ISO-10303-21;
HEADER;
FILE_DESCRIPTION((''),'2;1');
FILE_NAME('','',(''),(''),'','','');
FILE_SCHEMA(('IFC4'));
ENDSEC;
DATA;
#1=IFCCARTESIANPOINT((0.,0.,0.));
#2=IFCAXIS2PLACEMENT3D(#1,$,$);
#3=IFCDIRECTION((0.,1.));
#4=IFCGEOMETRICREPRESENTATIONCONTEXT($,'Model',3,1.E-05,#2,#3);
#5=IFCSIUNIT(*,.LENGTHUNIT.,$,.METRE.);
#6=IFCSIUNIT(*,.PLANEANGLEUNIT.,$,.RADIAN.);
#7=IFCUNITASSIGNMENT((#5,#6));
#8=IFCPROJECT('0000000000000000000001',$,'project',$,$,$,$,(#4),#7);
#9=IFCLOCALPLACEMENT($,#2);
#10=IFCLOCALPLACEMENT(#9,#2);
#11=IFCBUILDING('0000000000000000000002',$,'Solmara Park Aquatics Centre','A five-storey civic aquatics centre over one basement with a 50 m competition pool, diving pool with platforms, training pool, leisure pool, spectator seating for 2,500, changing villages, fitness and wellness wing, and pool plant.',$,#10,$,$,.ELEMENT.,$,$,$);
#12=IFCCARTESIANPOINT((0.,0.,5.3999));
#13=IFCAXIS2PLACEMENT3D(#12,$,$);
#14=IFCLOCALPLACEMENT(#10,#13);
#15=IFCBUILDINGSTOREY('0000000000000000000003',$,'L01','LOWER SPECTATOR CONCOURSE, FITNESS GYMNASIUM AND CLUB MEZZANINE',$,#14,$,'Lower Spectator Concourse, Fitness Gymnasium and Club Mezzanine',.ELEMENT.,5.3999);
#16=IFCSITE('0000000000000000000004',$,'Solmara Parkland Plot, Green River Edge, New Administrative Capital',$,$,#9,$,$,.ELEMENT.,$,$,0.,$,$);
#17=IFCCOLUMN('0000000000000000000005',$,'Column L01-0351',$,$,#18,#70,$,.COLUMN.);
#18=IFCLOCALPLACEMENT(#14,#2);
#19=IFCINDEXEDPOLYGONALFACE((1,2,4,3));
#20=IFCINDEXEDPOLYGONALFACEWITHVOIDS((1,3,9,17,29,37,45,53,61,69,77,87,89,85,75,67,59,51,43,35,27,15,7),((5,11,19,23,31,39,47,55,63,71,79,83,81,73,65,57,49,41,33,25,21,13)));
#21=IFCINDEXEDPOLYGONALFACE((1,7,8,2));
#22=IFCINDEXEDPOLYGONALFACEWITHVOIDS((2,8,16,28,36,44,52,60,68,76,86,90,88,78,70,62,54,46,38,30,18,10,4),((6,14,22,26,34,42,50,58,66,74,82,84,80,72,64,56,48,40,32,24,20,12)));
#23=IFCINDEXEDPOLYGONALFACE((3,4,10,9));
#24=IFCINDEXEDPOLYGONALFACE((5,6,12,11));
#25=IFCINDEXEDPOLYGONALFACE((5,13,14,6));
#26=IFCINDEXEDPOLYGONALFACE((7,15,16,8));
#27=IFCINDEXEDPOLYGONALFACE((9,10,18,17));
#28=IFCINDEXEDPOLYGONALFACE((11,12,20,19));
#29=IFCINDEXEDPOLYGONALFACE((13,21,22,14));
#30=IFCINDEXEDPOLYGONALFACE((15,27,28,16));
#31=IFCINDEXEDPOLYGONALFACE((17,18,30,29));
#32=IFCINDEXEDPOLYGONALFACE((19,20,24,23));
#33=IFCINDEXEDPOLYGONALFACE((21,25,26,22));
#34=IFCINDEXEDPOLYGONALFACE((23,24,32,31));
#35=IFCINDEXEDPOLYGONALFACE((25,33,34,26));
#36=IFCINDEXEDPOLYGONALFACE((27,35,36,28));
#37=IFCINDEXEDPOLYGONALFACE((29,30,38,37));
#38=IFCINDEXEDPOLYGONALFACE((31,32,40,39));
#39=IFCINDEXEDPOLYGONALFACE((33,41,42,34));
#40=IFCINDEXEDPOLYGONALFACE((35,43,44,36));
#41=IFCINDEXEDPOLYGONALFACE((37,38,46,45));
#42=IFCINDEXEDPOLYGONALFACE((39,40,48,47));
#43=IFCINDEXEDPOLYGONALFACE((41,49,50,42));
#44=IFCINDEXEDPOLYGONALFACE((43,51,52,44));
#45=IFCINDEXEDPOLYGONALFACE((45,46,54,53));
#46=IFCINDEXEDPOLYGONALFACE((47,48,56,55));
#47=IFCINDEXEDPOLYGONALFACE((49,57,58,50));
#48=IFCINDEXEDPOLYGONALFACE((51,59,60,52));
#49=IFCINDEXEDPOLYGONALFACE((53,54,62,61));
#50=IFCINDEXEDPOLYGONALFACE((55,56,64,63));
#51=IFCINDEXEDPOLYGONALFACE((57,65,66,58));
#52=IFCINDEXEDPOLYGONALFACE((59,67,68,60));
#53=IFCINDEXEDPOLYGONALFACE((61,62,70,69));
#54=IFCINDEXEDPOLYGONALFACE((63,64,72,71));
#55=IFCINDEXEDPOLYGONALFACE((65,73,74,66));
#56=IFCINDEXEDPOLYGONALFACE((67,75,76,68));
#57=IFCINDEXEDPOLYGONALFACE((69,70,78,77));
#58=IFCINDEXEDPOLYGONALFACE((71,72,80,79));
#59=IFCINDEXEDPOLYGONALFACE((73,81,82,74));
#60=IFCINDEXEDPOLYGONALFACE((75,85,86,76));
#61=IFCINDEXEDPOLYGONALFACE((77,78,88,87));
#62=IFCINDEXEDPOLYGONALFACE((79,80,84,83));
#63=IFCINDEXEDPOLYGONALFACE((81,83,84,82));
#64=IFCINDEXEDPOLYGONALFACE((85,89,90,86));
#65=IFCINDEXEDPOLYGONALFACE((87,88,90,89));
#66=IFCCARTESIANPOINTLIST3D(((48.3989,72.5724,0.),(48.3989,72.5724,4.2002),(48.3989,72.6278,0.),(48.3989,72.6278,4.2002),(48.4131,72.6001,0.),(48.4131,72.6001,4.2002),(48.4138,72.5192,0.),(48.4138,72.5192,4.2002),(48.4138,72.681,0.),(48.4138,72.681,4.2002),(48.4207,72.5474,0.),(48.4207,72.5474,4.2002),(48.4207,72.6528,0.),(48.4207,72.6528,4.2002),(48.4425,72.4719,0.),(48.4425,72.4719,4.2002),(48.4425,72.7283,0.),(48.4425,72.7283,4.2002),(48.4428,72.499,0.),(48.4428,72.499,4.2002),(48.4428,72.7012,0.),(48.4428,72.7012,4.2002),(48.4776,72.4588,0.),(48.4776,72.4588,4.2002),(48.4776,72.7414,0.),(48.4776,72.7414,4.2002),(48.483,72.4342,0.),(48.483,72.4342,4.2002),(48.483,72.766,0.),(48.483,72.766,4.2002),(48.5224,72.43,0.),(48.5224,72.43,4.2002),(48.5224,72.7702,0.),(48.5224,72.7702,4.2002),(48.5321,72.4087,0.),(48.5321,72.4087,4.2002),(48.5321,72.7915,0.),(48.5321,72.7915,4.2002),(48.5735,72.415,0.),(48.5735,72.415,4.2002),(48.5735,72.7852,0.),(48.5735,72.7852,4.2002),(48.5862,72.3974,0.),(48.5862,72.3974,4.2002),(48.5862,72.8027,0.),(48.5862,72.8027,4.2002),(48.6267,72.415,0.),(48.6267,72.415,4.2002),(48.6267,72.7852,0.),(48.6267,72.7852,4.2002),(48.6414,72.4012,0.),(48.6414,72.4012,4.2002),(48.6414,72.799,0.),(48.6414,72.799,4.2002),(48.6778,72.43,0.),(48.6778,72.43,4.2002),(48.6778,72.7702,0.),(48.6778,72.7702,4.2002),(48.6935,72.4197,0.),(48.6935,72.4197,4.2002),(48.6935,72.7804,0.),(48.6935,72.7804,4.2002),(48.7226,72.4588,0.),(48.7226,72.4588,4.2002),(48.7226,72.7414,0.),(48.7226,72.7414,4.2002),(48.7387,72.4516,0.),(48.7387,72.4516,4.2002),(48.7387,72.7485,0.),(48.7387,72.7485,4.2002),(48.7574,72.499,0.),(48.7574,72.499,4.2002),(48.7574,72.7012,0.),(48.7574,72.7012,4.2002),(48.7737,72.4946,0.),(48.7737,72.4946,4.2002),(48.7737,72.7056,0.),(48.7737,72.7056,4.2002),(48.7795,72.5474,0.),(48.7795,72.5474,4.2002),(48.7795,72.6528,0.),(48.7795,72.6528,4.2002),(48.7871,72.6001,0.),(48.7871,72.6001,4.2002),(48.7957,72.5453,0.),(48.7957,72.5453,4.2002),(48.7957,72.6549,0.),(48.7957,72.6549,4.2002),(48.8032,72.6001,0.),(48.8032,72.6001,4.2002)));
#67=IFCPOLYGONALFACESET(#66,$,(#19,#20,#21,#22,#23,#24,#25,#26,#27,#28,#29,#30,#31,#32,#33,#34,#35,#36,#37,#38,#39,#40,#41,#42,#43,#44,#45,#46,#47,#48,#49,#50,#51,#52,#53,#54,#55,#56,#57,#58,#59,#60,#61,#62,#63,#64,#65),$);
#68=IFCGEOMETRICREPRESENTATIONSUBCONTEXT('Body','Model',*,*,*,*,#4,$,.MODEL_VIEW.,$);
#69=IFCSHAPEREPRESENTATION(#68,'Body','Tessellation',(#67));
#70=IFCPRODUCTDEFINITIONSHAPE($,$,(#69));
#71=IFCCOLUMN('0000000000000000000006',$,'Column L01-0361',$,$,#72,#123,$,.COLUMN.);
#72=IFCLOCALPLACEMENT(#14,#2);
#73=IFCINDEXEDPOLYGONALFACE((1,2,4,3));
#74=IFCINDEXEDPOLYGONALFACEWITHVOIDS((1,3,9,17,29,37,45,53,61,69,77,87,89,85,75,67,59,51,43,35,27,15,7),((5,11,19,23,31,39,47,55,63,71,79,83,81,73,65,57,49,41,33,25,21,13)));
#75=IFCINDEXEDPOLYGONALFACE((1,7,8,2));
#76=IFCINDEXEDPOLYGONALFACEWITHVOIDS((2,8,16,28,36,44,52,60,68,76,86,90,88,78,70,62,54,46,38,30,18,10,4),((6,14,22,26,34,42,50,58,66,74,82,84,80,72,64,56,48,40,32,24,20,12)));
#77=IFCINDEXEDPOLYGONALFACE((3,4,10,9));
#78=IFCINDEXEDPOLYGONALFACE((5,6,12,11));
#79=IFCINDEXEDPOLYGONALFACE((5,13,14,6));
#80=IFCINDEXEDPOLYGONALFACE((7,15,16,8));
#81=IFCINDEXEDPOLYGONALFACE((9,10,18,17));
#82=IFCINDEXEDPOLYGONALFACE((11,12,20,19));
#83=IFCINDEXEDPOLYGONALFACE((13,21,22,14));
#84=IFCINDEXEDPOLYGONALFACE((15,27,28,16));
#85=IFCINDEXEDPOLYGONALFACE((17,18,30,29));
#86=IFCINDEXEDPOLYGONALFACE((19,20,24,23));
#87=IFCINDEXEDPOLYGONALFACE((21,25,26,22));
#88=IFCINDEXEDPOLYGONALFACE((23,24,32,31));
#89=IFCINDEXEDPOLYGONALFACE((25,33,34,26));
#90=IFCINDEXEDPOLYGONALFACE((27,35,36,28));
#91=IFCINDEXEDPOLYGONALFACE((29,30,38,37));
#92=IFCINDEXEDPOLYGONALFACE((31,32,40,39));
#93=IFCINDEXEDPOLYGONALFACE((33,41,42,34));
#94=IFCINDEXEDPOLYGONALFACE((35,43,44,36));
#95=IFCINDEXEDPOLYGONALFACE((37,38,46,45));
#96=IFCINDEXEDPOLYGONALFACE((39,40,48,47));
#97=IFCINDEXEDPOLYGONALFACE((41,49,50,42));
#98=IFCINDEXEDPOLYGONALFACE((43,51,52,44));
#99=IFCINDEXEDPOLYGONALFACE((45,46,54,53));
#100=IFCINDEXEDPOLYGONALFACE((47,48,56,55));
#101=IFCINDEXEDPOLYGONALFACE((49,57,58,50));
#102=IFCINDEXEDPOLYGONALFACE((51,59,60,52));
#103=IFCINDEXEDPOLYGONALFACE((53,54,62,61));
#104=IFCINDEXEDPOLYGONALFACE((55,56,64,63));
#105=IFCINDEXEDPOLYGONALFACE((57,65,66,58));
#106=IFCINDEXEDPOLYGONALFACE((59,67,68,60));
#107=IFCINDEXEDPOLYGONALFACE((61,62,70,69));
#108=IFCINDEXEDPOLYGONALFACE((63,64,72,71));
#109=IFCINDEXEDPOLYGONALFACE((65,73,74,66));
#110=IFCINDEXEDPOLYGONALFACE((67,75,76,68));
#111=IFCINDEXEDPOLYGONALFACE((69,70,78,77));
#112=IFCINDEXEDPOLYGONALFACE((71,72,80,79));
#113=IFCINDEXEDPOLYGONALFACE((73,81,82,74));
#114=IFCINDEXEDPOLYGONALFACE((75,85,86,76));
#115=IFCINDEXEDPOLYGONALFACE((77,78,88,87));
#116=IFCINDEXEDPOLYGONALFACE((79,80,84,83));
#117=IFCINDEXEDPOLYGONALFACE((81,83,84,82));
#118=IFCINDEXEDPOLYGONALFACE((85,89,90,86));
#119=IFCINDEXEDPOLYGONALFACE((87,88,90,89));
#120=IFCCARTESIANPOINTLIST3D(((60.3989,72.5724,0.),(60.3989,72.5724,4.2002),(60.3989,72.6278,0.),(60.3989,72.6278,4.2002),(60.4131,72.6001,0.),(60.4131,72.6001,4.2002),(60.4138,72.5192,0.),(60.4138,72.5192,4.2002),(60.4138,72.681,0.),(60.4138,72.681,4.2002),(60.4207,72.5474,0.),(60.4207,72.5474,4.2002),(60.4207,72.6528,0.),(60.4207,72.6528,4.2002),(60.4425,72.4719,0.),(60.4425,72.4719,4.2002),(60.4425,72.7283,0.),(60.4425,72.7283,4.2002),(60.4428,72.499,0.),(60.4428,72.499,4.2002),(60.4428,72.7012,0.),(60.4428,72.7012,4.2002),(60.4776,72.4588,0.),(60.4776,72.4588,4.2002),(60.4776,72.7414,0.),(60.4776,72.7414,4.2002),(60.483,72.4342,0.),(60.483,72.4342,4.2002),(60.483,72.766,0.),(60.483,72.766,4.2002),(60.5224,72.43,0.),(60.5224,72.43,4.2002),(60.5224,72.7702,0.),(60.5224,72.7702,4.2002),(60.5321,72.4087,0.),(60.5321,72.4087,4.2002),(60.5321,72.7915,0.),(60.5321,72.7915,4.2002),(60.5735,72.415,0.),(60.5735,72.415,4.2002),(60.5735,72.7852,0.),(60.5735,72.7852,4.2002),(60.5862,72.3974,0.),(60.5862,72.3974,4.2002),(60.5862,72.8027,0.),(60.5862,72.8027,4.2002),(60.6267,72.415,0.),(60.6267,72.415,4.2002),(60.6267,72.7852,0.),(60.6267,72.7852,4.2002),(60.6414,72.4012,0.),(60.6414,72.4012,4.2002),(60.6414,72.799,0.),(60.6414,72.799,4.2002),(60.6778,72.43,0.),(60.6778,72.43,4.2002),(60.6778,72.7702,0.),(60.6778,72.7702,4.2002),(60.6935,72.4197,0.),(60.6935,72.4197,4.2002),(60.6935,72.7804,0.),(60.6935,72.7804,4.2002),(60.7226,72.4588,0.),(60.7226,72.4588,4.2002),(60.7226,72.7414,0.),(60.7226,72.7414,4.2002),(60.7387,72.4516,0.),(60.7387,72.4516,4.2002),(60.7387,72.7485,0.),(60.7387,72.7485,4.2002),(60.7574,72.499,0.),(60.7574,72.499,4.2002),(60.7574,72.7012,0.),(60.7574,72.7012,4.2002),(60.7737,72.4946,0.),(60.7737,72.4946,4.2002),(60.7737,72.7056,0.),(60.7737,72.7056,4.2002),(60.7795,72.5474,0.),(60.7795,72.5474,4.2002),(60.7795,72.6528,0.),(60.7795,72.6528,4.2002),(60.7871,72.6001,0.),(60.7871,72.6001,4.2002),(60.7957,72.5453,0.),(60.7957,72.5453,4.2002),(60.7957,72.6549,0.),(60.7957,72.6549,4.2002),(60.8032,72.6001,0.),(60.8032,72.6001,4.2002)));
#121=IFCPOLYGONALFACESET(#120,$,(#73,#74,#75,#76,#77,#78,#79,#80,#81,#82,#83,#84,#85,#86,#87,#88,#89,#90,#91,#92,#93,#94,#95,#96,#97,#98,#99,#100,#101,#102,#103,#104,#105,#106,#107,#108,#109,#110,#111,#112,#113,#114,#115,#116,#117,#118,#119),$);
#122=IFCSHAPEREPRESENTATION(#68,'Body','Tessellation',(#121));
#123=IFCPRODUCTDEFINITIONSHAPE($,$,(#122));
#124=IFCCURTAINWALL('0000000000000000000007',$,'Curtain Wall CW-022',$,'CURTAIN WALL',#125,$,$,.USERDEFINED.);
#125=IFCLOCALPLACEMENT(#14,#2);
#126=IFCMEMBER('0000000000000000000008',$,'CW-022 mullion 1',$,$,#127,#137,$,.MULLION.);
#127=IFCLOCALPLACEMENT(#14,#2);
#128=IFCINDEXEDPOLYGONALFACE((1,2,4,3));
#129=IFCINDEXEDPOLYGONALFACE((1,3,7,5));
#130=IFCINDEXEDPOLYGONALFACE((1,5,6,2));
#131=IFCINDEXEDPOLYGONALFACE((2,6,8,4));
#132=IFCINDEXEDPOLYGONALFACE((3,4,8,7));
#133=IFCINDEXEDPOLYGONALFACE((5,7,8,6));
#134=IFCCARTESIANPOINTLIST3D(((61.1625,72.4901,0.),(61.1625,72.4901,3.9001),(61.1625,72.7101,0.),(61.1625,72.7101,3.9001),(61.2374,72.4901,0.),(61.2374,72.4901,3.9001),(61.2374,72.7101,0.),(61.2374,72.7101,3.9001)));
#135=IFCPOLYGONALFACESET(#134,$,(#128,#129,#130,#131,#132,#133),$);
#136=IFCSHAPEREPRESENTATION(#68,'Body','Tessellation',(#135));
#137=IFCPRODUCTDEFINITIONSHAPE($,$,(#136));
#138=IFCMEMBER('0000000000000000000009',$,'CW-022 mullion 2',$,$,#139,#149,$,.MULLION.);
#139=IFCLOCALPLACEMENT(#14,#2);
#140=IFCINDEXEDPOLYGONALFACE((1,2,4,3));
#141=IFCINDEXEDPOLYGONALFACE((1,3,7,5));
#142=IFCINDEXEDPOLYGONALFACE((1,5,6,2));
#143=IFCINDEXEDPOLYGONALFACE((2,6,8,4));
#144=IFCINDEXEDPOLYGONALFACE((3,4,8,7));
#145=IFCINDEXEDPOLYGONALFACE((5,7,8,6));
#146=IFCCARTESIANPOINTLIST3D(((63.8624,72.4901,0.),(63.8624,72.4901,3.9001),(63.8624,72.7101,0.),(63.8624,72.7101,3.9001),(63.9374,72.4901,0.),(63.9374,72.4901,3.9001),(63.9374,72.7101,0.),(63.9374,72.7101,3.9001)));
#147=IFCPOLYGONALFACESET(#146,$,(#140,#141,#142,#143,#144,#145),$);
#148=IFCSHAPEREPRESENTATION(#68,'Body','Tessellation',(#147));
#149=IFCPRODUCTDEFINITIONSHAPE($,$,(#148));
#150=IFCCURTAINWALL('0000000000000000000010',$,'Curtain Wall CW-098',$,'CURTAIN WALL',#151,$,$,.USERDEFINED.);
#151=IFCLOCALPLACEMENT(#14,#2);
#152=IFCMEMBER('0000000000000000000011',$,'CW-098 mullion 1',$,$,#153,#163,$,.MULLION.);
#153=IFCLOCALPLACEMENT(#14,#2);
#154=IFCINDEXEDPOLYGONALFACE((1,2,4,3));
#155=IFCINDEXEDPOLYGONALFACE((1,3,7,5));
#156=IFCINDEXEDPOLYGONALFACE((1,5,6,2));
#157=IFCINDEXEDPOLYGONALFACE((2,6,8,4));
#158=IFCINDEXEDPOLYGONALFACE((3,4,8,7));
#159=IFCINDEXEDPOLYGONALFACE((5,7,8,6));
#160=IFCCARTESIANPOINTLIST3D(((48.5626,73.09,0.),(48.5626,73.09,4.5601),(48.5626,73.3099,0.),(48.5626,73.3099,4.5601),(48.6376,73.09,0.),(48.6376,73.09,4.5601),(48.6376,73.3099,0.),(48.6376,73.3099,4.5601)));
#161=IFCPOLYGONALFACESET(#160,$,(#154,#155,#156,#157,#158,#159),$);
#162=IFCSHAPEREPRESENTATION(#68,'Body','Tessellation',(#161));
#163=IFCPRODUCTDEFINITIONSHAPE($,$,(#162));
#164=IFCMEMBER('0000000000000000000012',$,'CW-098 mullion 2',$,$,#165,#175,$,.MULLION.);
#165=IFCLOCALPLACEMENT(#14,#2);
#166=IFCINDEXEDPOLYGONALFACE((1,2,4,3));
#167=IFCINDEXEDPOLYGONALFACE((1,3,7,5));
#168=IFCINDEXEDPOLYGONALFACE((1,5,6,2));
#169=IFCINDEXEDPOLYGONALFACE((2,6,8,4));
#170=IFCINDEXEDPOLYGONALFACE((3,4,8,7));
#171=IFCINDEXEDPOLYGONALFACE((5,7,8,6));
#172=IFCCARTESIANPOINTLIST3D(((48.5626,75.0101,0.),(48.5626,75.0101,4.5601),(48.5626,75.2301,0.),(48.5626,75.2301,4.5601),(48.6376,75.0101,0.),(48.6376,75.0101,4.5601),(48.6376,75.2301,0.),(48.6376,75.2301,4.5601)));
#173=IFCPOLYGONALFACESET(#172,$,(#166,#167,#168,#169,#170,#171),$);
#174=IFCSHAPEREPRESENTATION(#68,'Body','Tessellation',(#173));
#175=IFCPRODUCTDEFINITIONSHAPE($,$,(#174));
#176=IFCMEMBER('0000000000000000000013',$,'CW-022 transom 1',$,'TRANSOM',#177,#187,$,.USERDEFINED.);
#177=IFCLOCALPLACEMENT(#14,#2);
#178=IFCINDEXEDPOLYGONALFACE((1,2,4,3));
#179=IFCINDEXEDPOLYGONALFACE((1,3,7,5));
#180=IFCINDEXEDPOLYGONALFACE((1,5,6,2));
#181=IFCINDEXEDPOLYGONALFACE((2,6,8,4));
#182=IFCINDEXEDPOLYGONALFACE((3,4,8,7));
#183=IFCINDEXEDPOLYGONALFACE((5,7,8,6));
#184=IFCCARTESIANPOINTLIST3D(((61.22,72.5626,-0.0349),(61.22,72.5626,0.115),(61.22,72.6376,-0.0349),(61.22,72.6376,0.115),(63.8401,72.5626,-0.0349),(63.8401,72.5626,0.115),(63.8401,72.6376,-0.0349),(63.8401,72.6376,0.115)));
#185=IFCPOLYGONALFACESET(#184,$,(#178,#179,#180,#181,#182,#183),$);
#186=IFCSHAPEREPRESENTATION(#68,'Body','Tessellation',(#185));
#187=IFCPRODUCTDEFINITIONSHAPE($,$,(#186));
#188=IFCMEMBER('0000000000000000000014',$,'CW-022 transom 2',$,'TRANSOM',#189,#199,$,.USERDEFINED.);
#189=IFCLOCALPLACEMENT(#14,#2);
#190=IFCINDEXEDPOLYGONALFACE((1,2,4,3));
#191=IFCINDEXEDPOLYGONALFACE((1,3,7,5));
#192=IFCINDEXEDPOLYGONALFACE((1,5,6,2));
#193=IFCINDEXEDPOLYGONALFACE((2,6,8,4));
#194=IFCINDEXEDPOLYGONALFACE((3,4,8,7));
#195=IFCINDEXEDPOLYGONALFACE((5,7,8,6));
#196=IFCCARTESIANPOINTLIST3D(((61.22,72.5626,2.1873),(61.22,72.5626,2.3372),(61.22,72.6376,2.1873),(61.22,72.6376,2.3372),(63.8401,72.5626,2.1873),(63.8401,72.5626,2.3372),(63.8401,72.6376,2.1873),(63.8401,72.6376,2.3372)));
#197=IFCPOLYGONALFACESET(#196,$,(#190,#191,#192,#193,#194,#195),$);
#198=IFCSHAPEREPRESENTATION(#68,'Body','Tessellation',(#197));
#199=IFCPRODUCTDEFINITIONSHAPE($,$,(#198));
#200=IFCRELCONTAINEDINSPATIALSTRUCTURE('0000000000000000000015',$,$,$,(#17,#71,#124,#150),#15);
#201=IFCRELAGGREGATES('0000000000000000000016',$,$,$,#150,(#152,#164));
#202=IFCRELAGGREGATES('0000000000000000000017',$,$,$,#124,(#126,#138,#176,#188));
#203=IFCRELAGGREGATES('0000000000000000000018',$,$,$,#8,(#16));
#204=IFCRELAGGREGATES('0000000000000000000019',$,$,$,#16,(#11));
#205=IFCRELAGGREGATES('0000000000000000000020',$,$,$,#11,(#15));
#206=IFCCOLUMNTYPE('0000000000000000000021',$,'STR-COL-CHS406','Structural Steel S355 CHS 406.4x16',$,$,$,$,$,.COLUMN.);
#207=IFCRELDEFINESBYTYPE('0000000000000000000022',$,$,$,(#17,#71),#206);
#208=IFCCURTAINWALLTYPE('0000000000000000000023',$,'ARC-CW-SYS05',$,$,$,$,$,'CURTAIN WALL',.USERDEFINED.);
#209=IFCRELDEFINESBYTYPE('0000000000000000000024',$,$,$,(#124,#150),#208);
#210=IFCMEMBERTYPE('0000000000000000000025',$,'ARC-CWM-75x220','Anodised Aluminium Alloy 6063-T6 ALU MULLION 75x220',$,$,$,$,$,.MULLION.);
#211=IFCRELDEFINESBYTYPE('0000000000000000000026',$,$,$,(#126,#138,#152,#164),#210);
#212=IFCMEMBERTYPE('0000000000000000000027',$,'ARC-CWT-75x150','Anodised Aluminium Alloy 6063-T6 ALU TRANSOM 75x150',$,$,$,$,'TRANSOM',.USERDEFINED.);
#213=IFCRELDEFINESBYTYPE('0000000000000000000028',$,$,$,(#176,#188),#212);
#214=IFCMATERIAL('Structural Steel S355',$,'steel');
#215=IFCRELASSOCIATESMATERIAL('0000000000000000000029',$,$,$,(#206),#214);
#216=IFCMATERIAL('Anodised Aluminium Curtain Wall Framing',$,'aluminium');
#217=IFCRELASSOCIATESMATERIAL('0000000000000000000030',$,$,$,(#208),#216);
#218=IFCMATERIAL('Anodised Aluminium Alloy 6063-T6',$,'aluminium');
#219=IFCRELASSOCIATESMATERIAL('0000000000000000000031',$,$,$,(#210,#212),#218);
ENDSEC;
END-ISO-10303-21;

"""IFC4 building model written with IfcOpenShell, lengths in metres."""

from ifc_helpers import new_model, si_unit, direction, frame, origin, origin_2d, place, context, subcontext, project, spatial, rectangle, hollow_circle, extrude, material, material_profile, profile_set, type_object, element, aggregate, save


model = new_model("IFC4")

# Units and contexts
model_context = context("Model", 3, precision=1e-05, world=origin(), true_north=direction((0.0, 1.0)))
body_context = subcontext(model_context, "Body", "Model", "MODEL_VIEW")
ifc_project = project(units=[si_unit("LENGTHUNIT", "METRE"), si_unit("PLANEANGLEUNIT", "RADIAN")], contexts=[model_context])

# Site, building, storey
site_placement = place(None, origin())
site = spatial("IfcSite", under=ifc_project, at=site_placement, Name="Solmara Parkland Plot, Green River Edge, New Administrative Capital", CompositionType="ELEMENT", RefElevation=0.0)
building_placement = place(site_placement, origin())
building = spatial("IfcBuilding", under=site, at=building_placement, Name="Solmara Park Aquatics Centre", Description="A five-storey civic aquatics centre over one basement with a 50 m competition pool, diving pool with platforms, training pool, leisure pool, spectator seating for 2,500, changing villages, fitness and wellness wing, and pool plant.", CompositionType="ELEMENT")
storey_placement = place(building_placement, frame((0.0, 0.0, 5.3999)))
storey = spatial("IfcBuildingStorey", under=building, at=storey_placement, Name="L01", Description="LOWER SPECTATOR CONCOURSE, FITNESS GYMNASIUM AND CLUB MEZZANINE", LongName="Lower Spectator Concourse, Fitness Gymnasium and Club Mezzanine", CompositionType="ELEMENT", Elevation=5.3999)

# Columns
ifc_material_1 = material(Name="Structural Steel S355", Category="steel")
ifc_material_profile_1 = material_profile(ifc_material_1, hollow_circle(Radius=0.2031, WallThickness=0.0161, at=origin_2d()), Name="CHS 406.4x16")
ifc_profile_set_1 = profile_set([ifc_material_profile_1], Name="Structural Steel S355")
column_type = type_object("IfcColumnType", Name="STR-COL-CHS406", Description="Structural Steel S355 CHS 406.4x16", PredefinedType="COLUMN", material=ifc_profile_set_1)
for number, where, z_axis, x_axis, name in (
    (1, (48.6001, 72.6001, 0.0), (0.0, 0.0, 1.0), (1.0, 0.0, 0.0), "Column L01-0351"),
    (2, (60.6001, 72.6001, 0.0), (0.0, 0.0, 1.0), (1.0, 0.0, 0.0), "Column L01-0361"),
):
    element("IfcColumn", number, at=place(storey_placement, frame(where, z_axis=z_axis, x_axis=x_axis)), inside=storey, type_object=column_type, Name=name, PredefinedType="COLUMN", context=body_context, shape_type="SweptSolid", body=[
        extrude(hollow_circle(Radius=0.2031, WallThickness=0.0161, at=origin_2d()), origin(), (0.0, 0.0, 1.0), 4.2002),
    ])

# Curtain walls, members
ifc_material_2 = material(Name="Anodised Aluminium Curtain Wall Framing", Category="aluminium")
curtain_wall_type = type_object("IfcCurtainWallType", Name="ARC-CW-SYS05", ElementType="CURTAIN WALL", PredefinedType="USERDEFINED", material=ifc_material_2)
curtain_wall_1_placement = place(storey_placement, origin())
curtain_wall_1 = element("IfcCurtainWall", 3, at=curtain_wall_1_placement, inside=storey, type_object=curtain_wall_type, Name="Curtain Wall CW-022", ObjectType="CURTAIN WALL", PredefinedType="USERDEFINED")
ifc_material_3 = material(Name="Anodised Aluminium Alloy 6063-T6", Category="aluminium")
ifc_material_profile_2 = material_profile(ifc_material_3, rectangle(XDim=0.075, YDim=0.22, at=origin_2d()), Name="ALU MULLION 75x220")
ifc_profile_set_2 = profile_set([ifc_material_profile_2], Name="Anodised Aluminium Alloy 6063-T6")
member_type_1 = type_object("IfcMemberType", Name="ARC-CWM-75x220", Description="Anodised Aluminium Alloy 6063-T6 ALU MULLION 75x220", PredefinedType="MULLION", material=ifc_profile_set_2)
member_1_placement = place(storey_placement, frame((61.2, 72.6001, 0.0), z_axis=(0.0, 0.0, 1.0), x_axis=(1.0, 0.0, 0.0)))
member_1 = element("IfcMember", 4, at=member_1_placement, type_object=member_type_1, Name="CW-022 mullion 1", PredefinedType="MULLION", context=body_context, shape_type="SweptSolid", body=[
    extrude(rectangle(XDim=0.075, YDim=0.22, at=origin_2d()), origin(), (0.0, 0.0, 1.0), 3.9001),
])
member_2_placement = place(storey_placement, frame((63.8999, 72.6001, 0.0), z_axis=(0.0, 0.0, 1.0), x_axis=(1.0, 0.0, 0.0)))
member_2 = element("IfcMember", 5, at=member_2_placement, type_object=member_type_1, Name="CW-022 mullion 2", PredefinedType="MULLION", context=body_context, shape_type="SweptSolid", body=[
    extrude(rectangle(XDim=0.075, YDim=0.22, at=origin_2d()), origin(), (0.0, 0.0, 1.0), 3.9001),
])
curtain_wall_2_placement = place(storey_placement, origin())
curtain_wall_2 = element("IfcCurtainWall", 6, at=curtain_wall_2_placement, inside=storey, type_object=curtain_wall_type, Name="Curtain Wall CW-098", ObjectType="CURTAIN WALL", PredefinedType="USERDEFINED")
member_3_placement = place(storey_placement, frame((48.6001, 73.2, 0.0), z_axis=(0.0, 0.0, 1.0), x_axis=(1.0, 0.0, 0.0)))
member_3 = element("IfcMember", 7, at=member_3_placement, type_object=member_type_1, Name="CW-098 mullion 1", PredefinedType="MULLION", context=body_context, shape_type="SweptSolid", body=[
    extrude(rectangle(XDim=0.075, YDim=0.22, at=origin_2d()), origin(), (0.0, 0.0, 1.0), 4.5601),
])
member_4_placement = place(storey_placement, frame((48.6001, 75.1201, 0.0), z_axis=(0.0, 0.0, 1.0), x_axis=(1.0, 0.0, 0.0)))
member_4 = element("IfcMember", 8, at=member_4_placement, type_object=member_type_1, Name="CW-098 mullion 2", PredefinedType="MULLION", context=body_context, shape_type="SweptSolid", body=[
    extrude(rectangle(XDim=0.075, YDim=0.22, at=origin_2d()), origin(), (0.0, 0.0, 1.0), 4.5601),
])

# Members
ifc_material_profile_3 = material_profile(ifc_material_3, rectangle(XDim=0.075, YDim=0.1499, at=origin_2d()), Name="ALU TRANSOM 75x150")
ifc_profile_set_3 = profile_set([ifc_material_profile_3], Name="Anodised Aluminium Alloy 6063-T6")
member_type_2 = type_object("IfcMemberType", Name="ARC-CWT-75x150", Description="Anodised Aluminium Alloy 6063-T6 ALU TRANSOM 75x150", ElementType="TRANSOM", PredefinedType="USERDEFINED", material=ifc_profile_set_3)
member_5_placement = place(storey_placement, frame((61.22, 72.6001, 0.04), z_axis=(1.0, 0.0, 0.0), x_axis=(0.0, 1.0, 0.0)))
member_5 = element("IfcMember", 9, at=member_5_placement, type_object=member_type_2, Name="CW-022 transom 1", ObjectType="TRANSOM", PredefinedType="USERDEFINED", context=body_context, shape_type="SweptSolid", body=[
    extrude(rectangle(XDim=0.075, YDim=0.1499, at=origin_2d()), origin(), (0.0, 0.0, 1.0), 2.6201),
])
member_6_placement = place(storey_placement, frame((61.22, 72.6001, 2.2622), z_axis=(1.0, 0.0, 0.0), x_axis=(0.0, 1.0, 0.0)))
member_6 = element("IfcMember", 10, at=member_6_placement, type_object=member_type_2, Name="CW-022 transom 2", ObjectType="TRANSOM", PredefinedType="USERDEFINED", context=body_context, shape_type="SweptSolid", body=[
    extrude(rectangle(XDim=0.075, YDim=0.1499, at=origin_2d()), origin(), (0.0, 0.0, 1.0), 2.6201),
])

aggregate(curtain_wall_2, [member_3, member_4])
aggregate(curtain_wall_1, [member_1, member_2, member_5, member_6])

save(model, "model.ifc")
